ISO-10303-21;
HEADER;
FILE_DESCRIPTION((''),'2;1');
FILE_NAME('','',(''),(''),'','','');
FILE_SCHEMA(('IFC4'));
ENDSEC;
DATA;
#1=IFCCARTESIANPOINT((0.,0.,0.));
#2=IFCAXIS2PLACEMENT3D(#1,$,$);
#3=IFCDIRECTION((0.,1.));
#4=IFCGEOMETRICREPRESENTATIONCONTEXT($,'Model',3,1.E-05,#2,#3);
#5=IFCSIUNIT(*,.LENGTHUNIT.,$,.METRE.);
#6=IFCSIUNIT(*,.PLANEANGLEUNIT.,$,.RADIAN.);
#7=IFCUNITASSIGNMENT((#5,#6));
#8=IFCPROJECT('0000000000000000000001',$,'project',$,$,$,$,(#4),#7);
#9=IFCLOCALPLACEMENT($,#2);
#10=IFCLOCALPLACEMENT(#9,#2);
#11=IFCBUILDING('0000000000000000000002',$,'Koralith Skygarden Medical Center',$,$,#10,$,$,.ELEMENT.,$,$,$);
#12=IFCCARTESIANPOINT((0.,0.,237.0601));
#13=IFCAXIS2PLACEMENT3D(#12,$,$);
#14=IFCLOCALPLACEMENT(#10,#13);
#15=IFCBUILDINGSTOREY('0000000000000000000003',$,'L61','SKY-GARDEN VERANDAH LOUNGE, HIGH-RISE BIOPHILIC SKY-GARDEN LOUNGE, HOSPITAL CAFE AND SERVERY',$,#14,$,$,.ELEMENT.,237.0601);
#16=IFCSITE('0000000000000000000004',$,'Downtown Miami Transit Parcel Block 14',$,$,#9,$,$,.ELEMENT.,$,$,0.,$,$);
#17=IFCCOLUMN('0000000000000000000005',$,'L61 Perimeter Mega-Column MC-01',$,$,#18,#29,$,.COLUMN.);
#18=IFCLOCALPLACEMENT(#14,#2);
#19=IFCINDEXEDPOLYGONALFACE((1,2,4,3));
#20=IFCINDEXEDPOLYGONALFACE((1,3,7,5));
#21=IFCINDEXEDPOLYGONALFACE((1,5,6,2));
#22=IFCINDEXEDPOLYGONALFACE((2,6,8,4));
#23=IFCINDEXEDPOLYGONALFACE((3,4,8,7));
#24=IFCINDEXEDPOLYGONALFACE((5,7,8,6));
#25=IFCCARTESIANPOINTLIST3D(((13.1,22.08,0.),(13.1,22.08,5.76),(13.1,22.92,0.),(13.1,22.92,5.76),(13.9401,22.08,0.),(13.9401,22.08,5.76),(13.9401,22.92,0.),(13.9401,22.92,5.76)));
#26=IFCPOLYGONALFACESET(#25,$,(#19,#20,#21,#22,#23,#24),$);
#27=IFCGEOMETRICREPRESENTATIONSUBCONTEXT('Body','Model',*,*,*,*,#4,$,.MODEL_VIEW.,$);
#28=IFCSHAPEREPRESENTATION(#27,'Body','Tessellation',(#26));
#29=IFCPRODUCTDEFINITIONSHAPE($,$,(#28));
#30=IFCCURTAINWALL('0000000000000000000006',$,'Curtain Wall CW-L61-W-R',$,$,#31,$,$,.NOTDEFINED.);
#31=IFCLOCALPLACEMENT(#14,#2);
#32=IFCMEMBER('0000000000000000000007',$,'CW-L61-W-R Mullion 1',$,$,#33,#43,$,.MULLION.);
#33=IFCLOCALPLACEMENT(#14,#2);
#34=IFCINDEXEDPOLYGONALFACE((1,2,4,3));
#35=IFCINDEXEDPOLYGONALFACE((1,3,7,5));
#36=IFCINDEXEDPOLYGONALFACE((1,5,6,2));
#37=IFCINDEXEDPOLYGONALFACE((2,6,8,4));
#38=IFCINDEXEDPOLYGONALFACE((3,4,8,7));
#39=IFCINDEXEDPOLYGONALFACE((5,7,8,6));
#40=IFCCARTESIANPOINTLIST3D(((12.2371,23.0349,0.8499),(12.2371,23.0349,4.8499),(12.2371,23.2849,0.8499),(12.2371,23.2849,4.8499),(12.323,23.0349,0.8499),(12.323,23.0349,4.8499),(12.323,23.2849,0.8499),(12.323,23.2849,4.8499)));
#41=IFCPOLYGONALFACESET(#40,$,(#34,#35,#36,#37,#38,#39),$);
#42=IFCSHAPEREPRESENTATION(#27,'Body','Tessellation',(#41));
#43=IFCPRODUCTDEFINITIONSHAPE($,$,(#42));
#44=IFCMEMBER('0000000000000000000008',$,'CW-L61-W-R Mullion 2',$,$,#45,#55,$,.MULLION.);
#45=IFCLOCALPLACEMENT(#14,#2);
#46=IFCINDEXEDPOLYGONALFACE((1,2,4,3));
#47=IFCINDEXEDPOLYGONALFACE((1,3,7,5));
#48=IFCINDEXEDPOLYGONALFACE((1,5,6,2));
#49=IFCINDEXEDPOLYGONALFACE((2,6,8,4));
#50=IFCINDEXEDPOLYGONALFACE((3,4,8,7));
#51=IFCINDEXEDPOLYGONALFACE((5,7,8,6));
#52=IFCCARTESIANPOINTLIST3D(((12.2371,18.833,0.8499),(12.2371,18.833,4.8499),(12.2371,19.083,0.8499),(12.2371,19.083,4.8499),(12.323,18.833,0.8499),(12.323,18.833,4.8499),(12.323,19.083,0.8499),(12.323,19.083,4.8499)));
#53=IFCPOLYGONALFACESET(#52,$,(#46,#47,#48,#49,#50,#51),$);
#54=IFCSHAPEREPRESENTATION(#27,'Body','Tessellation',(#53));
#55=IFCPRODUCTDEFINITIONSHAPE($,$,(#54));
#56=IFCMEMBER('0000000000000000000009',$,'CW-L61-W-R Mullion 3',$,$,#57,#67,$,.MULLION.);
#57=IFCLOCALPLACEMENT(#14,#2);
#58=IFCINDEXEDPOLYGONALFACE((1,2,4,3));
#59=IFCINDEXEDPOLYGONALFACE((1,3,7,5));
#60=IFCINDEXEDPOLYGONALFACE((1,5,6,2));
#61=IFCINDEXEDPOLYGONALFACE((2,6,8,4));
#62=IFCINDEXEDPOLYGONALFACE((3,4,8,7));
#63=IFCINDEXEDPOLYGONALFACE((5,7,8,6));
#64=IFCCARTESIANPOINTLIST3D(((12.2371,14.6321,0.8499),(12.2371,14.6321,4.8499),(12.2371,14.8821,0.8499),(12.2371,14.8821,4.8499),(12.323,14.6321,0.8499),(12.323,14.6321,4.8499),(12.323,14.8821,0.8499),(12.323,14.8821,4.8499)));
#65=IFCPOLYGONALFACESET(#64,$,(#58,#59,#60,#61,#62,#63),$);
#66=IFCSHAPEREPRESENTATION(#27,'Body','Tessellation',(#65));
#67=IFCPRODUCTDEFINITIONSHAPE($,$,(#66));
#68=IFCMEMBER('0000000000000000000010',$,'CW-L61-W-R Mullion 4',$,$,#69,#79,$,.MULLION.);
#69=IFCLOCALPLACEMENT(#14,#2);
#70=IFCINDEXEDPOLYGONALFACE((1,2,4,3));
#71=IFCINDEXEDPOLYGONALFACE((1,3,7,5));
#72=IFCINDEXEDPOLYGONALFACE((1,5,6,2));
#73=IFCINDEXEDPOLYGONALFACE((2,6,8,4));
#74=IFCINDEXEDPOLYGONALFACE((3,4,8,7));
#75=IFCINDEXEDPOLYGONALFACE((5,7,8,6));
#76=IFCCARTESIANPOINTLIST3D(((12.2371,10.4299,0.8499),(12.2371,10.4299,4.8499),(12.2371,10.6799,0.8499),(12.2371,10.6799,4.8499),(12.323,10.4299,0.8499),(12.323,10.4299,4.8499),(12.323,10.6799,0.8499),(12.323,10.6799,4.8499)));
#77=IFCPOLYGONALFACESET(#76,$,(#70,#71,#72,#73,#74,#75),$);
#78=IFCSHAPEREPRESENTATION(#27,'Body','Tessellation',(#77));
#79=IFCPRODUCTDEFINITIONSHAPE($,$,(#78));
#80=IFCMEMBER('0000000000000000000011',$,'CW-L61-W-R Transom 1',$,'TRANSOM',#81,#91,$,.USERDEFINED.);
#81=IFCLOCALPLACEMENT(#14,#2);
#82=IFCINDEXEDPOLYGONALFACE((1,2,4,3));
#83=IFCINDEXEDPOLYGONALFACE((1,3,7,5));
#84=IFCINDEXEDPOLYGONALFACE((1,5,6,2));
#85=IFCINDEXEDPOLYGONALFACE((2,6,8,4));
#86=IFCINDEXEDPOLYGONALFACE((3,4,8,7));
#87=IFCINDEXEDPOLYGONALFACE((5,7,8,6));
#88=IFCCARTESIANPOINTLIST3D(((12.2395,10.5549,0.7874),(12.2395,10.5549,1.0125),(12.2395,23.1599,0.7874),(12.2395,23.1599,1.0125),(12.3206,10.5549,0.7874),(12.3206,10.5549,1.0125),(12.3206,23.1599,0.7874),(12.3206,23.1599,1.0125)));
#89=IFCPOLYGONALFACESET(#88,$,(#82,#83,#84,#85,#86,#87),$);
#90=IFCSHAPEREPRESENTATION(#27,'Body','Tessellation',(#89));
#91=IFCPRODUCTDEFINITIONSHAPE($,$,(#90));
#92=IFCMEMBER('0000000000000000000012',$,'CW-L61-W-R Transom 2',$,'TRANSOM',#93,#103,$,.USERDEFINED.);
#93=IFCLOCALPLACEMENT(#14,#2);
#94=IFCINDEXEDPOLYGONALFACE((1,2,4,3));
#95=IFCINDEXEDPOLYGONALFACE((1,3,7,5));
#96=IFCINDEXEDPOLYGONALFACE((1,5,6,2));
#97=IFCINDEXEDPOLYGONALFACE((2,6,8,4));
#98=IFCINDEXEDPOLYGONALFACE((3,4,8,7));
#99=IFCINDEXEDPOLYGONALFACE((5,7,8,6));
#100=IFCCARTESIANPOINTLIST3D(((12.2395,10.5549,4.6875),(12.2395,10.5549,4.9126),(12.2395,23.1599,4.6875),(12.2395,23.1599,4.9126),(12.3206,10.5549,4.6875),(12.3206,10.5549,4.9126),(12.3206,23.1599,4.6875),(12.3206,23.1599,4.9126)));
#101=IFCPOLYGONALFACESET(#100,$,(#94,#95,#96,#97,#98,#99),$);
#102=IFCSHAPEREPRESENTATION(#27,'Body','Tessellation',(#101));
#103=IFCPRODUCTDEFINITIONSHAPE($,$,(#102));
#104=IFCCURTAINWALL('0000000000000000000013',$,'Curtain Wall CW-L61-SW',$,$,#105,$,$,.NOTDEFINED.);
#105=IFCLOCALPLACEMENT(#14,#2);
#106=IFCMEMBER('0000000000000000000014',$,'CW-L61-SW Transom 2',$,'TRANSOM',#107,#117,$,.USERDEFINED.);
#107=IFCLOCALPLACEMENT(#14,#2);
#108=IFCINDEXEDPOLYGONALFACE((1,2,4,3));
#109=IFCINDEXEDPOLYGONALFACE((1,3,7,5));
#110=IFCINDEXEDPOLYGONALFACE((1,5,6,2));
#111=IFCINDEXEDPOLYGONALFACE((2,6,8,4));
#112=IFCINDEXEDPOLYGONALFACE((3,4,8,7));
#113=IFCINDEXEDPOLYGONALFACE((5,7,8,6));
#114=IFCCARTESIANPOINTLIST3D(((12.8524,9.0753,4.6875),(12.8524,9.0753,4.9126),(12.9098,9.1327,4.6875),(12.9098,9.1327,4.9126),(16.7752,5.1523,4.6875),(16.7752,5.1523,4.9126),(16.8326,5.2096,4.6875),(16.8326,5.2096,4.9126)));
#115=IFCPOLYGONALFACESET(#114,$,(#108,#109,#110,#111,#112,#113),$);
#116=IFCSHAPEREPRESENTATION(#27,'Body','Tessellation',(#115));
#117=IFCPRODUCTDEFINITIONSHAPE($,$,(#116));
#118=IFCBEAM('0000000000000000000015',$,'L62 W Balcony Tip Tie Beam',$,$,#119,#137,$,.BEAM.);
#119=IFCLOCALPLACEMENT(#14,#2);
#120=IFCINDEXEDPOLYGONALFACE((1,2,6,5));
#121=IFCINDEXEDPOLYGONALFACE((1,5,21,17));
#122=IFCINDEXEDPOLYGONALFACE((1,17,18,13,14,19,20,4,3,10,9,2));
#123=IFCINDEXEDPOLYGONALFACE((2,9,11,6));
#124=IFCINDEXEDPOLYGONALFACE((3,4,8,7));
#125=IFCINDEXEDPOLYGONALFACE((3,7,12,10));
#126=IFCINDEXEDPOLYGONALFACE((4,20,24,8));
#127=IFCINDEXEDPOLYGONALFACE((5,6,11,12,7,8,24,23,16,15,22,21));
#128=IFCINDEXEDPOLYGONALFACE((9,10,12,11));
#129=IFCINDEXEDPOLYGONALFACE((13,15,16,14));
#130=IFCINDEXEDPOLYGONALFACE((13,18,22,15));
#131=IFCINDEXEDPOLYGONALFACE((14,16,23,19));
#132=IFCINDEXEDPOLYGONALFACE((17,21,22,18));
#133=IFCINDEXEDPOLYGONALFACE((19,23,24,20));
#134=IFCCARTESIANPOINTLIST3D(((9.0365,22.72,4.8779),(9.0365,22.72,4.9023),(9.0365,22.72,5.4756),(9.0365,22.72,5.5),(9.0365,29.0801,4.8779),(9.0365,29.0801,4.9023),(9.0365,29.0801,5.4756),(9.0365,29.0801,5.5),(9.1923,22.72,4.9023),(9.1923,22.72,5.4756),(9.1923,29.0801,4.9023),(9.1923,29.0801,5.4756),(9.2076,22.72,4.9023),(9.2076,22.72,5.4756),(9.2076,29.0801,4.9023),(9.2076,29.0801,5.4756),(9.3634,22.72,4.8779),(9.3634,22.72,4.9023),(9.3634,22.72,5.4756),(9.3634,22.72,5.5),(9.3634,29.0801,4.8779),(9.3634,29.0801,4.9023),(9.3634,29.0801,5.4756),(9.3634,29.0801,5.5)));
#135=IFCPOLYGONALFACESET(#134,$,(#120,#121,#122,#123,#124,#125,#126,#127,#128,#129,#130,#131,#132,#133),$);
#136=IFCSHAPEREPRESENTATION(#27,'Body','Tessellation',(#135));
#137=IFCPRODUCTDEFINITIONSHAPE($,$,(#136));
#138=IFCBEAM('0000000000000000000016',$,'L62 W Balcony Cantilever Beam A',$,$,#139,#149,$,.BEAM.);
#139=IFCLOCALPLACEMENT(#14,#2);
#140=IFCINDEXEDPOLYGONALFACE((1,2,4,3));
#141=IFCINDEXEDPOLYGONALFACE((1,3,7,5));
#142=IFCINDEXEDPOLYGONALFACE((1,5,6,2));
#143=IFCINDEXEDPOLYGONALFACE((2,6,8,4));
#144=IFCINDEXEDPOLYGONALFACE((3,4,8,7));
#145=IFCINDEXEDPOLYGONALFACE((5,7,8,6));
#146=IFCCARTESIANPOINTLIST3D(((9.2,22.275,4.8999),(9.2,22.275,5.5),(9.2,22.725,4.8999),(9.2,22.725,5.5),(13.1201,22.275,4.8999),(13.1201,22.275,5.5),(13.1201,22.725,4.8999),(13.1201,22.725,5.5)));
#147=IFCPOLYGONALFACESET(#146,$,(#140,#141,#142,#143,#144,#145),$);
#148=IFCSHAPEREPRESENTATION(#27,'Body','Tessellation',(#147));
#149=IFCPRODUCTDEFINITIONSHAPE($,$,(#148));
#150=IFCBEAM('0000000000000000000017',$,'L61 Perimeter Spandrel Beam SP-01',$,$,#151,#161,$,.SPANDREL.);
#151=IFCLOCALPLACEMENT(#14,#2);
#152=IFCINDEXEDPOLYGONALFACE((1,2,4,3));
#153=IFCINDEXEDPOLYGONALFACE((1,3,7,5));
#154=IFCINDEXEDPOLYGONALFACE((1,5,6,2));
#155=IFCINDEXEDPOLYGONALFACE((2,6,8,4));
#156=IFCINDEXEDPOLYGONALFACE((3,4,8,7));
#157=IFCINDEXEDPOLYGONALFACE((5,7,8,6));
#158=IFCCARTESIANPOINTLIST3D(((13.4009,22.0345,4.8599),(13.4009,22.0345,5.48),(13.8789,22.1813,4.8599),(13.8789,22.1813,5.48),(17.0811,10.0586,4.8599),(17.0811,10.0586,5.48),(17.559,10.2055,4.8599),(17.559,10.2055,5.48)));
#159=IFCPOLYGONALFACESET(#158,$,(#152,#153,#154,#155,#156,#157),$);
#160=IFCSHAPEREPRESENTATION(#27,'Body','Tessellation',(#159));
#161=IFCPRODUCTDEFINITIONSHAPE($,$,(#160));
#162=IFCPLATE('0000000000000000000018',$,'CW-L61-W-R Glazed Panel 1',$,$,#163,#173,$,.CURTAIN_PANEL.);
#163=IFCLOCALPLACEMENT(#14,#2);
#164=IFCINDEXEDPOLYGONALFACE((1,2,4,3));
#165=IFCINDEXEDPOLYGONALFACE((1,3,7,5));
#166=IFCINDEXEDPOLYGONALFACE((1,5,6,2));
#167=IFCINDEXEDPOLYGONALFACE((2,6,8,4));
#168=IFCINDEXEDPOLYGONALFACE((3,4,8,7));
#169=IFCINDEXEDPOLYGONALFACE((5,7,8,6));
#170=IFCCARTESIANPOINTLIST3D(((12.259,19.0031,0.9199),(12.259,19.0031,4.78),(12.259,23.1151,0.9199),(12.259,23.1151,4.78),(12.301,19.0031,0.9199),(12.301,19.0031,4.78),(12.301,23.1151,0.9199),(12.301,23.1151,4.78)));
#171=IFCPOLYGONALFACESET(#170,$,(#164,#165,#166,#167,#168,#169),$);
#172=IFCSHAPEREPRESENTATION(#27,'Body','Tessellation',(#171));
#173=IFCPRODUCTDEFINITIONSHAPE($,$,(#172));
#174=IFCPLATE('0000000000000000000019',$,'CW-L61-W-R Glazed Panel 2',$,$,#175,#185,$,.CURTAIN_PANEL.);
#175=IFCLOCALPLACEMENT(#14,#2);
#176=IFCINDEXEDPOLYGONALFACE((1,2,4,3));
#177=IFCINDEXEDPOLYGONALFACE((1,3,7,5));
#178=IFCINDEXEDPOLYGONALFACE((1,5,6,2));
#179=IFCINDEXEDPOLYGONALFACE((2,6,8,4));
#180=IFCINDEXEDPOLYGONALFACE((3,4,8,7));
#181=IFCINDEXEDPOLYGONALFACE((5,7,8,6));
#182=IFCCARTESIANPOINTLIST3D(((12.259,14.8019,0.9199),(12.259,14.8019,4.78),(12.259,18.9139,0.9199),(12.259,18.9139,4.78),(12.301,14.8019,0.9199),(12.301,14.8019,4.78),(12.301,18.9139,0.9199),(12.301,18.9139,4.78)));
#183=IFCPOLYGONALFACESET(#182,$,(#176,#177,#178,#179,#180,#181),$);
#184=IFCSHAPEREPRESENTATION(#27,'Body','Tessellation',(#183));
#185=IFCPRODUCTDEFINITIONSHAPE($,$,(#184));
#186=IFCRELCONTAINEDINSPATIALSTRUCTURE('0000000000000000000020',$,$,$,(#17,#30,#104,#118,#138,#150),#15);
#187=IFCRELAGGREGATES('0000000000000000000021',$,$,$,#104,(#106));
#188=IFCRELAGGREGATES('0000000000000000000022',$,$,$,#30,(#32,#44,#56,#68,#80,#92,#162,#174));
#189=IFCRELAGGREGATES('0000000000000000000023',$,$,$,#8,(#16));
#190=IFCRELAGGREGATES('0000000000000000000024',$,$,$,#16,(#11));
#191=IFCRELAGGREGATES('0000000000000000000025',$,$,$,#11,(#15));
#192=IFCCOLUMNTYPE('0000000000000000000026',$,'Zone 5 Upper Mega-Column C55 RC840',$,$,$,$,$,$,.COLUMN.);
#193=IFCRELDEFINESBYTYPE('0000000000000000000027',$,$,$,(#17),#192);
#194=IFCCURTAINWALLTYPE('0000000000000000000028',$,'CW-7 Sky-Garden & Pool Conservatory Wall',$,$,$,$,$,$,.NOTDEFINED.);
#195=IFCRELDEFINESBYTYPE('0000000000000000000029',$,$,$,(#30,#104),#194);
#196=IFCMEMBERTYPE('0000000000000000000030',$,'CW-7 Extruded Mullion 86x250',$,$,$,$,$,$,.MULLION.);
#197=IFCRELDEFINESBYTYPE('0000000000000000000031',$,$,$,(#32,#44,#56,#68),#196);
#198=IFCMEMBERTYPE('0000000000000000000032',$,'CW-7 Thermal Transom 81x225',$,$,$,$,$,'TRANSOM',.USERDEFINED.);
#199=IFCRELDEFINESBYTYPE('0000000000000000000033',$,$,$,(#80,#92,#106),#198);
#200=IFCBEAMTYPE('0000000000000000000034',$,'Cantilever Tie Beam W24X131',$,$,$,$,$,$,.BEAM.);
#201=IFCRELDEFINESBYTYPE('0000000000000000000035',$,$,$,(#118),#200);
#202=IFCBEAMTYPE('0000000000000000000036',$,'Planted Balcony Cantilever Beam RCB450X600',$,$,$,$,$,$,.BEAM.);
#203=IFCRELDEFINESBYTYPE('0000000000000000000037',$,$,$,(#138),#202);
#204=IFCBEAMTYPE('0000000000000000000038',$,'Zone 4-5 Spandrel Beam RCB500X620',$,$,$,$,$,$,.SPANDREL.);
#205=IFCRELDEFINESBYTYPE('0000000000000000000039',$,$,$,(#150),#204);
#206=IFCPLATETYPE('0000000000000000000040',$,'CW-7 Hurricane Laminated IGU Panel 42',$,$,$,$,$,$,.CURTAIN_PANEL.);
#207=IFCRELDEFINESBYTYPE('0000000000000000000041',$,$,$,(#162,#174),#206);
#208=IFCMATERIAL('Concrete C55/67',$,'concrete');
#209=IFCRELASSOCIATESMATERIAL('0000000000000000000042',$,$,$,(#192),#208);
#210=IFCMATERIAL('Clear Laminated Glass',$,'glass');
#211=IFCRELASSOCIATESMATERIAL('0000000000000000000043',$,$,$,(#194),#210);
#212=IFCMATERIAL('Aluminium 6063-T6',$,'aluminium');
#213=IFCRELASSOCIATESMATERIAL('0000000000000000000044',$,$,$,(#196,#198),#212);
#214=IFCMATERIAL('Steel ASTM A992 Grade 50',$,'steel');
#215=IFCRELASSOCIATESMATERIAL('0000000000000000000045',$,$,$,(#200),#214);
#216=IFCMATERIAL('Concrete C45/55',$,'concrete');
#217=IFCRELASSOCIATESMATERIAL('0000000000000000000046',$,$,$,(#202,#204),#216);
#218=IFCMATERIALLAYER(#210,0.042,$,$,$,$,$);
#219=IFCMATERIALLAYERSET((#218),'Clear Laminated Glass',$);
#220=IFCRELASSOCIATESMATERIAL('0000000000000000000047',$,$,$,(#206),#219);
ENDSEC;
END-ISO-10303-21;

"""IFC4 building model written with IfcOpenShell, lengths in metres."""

from ifc_helpers import new_model, si_unit, direction, frame, origin, origin_2d, place, context, subcontext, project, spatial, rectangle, i_section, extrude, material, layer, layer_set, material_profile, profile_set, type_object, element, aggregate, save


model = new_model("IFC4")

# Units and contexts
model_context = context("Model", 3, precision=1e-05, world=origin(), true_north=direction((0.0, 1.0)))
body_context = subcontext(model_context, "Body", "Model", "MODEL_VIEW")
ifc_project = project(units=[si_unit("LENGTHUNIT", "METRE"), si_unit("PLANEANGLEUNIT", "RADIAN")], contexts=[model_context])

# Site, building, storey
site_placement = place(None, origin())
site = spatial("IfcSite", under=ifc_project, at=site_placement, Name="Downtown Miami Transit Parcel Block 14", CompositionType="ELEMENT", RefElevation=0.0)
building_placement = place(site_placement, origin())
building = spatial("IfcBuilding", under=site, at=building_placement, Name="Koralith Skygarden Medical Center", CompositionType="ELEMENT")
storey_placement = place(building_placement, frame((0.0, 0.0, 237.0601)))
storey = spatial("IfcBuildingStorey", under=building, at=storey_placement, Name="L61", Description="SKY-GARDEN VERANDAH LOUNGE, HIGH-RISE BIOPHILIC SKY-GARDEN LOUNGE, HOSPITAL CAFE AND SERVERY", CompositionType="ELEMENT", Elevation=237.0601)

# Column
ifc_material_1 = material(Name="Concrete C55/67", Category="concrete")
ifc_material_profile_1 = material_profile(ifc_material_1, rectangle(XDim=0.8401, YDim=0.8401, at=origin_2d()), Name="RC840X840")
ifc_profile_set_1 = profile_set([ifc_material_profile_1], Name="Concrete C55/67")
column_type = type_object("IfcColumnType", Name="Zone 5 Upper Mega-Column C55 RC840", PredefinedType="COLUMN", material=ifc_profile_set_1)
column_placement = place(storey_placement, frame((13.52, 22.5, 0.0), z_axis=(0.0, 0.0, 1.0), x_axis=(1.0, 0.0, 0.0)))
element("IfcColumn", 1, at=column_placement, inside=storey, type_object=column_type, Name="L61 Perimeter Mega-Column MC-01", PredefinedType="COLUMN", context=body_context, shape_type="SweptSolid", body=[
    extrude(rectangle(XDim=0.8401, YDim=0.8401, at=origin_2d()), origin(), (0.0, 0.0, 1.0), 5.76),
])

# Curtain wall, members
ifc_material_2 = material(Name="Clear Laminated Glass", Category="glass")
curtain_wall_type = type_object("IfcCurtainWallType", Name="CW-7 Sky-Garden & Pool Conservatory Wall", PredefinedType="NOTDEFINED", material=ifc_material_2)
curtain_wall_1_placement = place(storey_placement, origin())
curtain_wall_1 = element("IfcCurtainWall", 2, at=curtain_wall_1_placement, inside=storey, type_object=curtain_wall_type, Name="Curtain Wall CW-L61-W-R", PredefinedType="NOTDEFINED")
ifc_material_3 = material(Name="Aluminium 6063-T6", Category="aluminium")
ifc_material_profile_2 = material_profile(ifc_material_3, rectangle(XDim=0.0859, YDim=0.25, at=origin_2d()), Name="MUL86X250")
ifc_profile_set_2 = profile_set([ifc_material_profile_2], Name="Aluminium 6063-T6")
member_type_1 = type_object("IfcMemberType", Name="CW-7 Extruded Mullion 86x250", PredefinedType="MULLION", material=ifc_profile_set_2)
member_1_placement = place(storey_placement, frame((12.28, 23.1599, 0.8499), z_axis=(0.0, 0.0, 1.0), x_axis=(1.0, 0.0, 0.0)))
member_1 = element("IfcMember", 3, at=member_1_placement, type_object=member_type_1, Name="CW-L61-W-R Mullion 1", PredefinedType="MULLION", context=body_context, shape_type="SweptSolid", body=[
    extrude(rectangle(XDim=0.0859, YDim=0.25, at=origin_2d()), origin(), (0.0, 0.0, 1.0), 4.0),
])
member_2_placement = place(storey_placement, frame((12.28, 18.958, 0.8499), z_axis=(0.0, 0.0, 1.0), x_axis=(1.0, 0.0, 0.0)))
member_2 = element("IfcMember", 4, at=member_2_placement, type_object=member_type_1, Name="CW-L61-W-R Mullion 2", PredefinedType="MULLION", context=body_context, shape_type="SweptSolid", body=[
    extrude(rectangle(XDim=0.0859, YDim=0.25, at=origin_2d()), origin(), (0.0, 0.0, 1.0), 4.0),
])
member_3_placement = place(storey_placement, frame((12.28, 14.7571, 0.8499), z_axis=(0.0, 0.0, 1.0), x_axis=(1.0, 0.0, 0.0)))
member_3 = element("IfcMember", 5, at=member_3_placement, type_object=member_type_1, Name="CW-L61-W-R Mullion 3", PredefinedType="MULLION", context=body_context, shape_type="SweptSolid", body=[
    extrude(rectangle(XDim=0.0859, YDim=0.25, at=origin_2d()), origin(), (0.0, 0.0, 1.0), 4.0),
])
member_4_placement = place(storey_placement, frame((12.28, 10.5549, 0.8499), z_axis=(0.0, 0.0, 1.0), x_axis=(1.0, 0.0, 0.0)))
member_4 = element("IfcMember", 6, at=member_4_placement, type_object=member_type_1, Name="CW-L61-W-R Mullion 4", PredefinedType="MULLION", context=body_context, shape_type="SweptSolid", body=[
    extrude(rectangle(XDim=0.0859, YDim=0.25, at=origin_2d()), origin(), (0.0, 0.0, 1.0), 4.0),
])
ifc_material_profile_3 = material_profile(ifc_material_3, rectangle(XDim=0.0811, YDim=0.2251, at=origin_2d()), Name="TRN81X225")
ifc_profile_set_3 = profile_set([ifc_material_profile_3], Name="Aluminium 6063-T6")
member_type_2 = type_object("IfcMemberType", Name="CW-7 Thermal Transom 81x225", ElementType="TRANSOM", PredefinedType="USERDEFINED", material=ifc_profile_set_3)
member_5_placement = place(storey_placement, frame((12.28, 23.1599, 0.8999), z_axis=(0.0, -1.0, 0.0), x_axis=(1.0, 0.0, 0.0)))
member_5 = element("IfcMember", 7, at=member_5_placement, type_object=member_type_2, Name="CW-L61-W-R Transom 1", ObjectType="TRANSOM", PredefinedType="USERDEFINED", context=body_context, shape_type="SweptSolid", body=[
    extrude(rectangle(XDim=0.0811, YDim=0.2251, at=origin_2d()), origin(), (0.0, 0.0, 1.0), 12.605),
])
member_6_placement = place(storey_placement, frame((12.28, 23.1599, 4.8), z_axis=(0.0, -1.0, 0.0), x_axis=(1.0, 0.0, 0.0)))
member_6 = element("IfcMember", 8, at=member_6_placement, type_object=member_type_2, Name="CW-L61-W-R Transom 2", ObjectType="TRANSOM", PredefinedType="USERDEFINED", context=body_context, shape_type="SweptSolid", body=[
    extrude(rectangle(XDim=0.0811, YDim=0.2251, at=origin_2d()), origin(), (0.0, 0.0, 1.0), 12.605),
])

# Curtain wall, member
curtain_wall_2_placement = place(storey_placement, origin())
curtain_wall_2 = element("IfcCurtainWall", 9, at=curtain_wall_2_placement, inside=storey, type_object=curtain_wall_type, Name="Curtain Wall CW-L61-SW", PredefinedType="NOTDEFINED")
member_7_placement = place(storey_placement, frame((12.8811, 9.104, 4.8), z_axis=(0.707085, -0.707129, 0.0), x_axis=(0.707129, 0.707085, 0.0)))
member_7 = element("IfcMember", 10, at=member_7_placement, type_object=member_type_2, Name="CW-L61-SW Transom 2", ObjectType="TRANSOM", PredefinedType="USERDEFINED", context=body_context, shape_type="SweptSolid", body=[
    extrude(rectangle(XDim=0.0811, YDim=0.2251, at=origin_2d()), origin(), (0.0, 0.0, 1.0), 5.5479),
])
aggregate(curtain_wall_2, [member_7])

# Beams
ifc_material_4 = material(Name="Steel ASTM A992 Grade 50", Category="steel")
ifc_material_profile_4 = material_profile(ifc_material_4, i_section(OverallWidth=0.3269, OverallDepth=0.6221, WebThickness=0.0154, FlangeThickness=0.0244, at=origin_2d()), Name="W24X131")
ifc_profile_set_4 = profile_set([ifc_material_profile_4], Name="Steel ASTM A992 Grade 50")
beam_type_1 = type_object("IfcBeamType", Name="Cantilever Tie Beam W24X131", PredefinedType="BEAM", material=ifc_profile_set_4)
beam_1_placement = place(storey_placement, frame((9.2, 22.72, 5.189), z_axis=(0.0, 1.0, 0.0), x_axis=(-1.0, 0.0, 0.0)))
element("IfcBeam", 11, at=beam_1_placement, inside=storey, type_object=beam_type_1, Name="L62 W Balcony Tip Tie Beam", PredefinedType="BEAM", context=body_context, shape_type="SweptSolid", body=[
    extrude(i_section(OverallWidth=0.3269, OverallDepth=0.6221, WebThickness=0.0154, FlangeThickness=0.0244, at=origin_2d()), origin(), (0.0, 0.0, 1.0), 6.3601),
])
ifc_material_5 = material(Name="Concrete C45/55", Category="concrete")
ifc_material_profile_5 = material_profile(ifc_material_5, rectangle(XDim=0.45, YDim=0.6001, at=origin_2d()), Name="RCB450X600")
ifc_profile_set_5 = profile_set([ifc_material_profile_5], Name="Concrete C45/55")
beam_type_2 = type_object("IfcBeamType", Name="Planted Balcony Cantilever Beam RCB450X600", PredefinedType="BEAM", material=ifc_profile_set_5)
beam_2_placement = place(storey_placement, frame((13.1201, 22.5, 5.2), z_axis=(-1.0, 0.0, 0.0), x_axis=(0.0, -1.0, 0.0)))
element("IfcBeam", 12, at=beam_2_placement, inside=storey, type_object=beam_type_2, Name="L62 W Balcony Cantilever Beam A", PredefinedType="BEAM", context=body_context, shape_type="SweptSolid", body=[
    extrude(rectangle(XDim=0.45, YDim=0.6001, at=origin_2d()), origin(), (0.0, 0.0, 1.0), 3.9202),
])
ifc_material_profile_6 = material_profile(ifc_material_5, rectangle(XDim=0.5, YDim=0.6201, at=origin_2d()), Name="RCB500X620")
ifc_profile_set_6 = profile_set([ifc_material_profile_6], Name="Concrete C45/55")
beam_type_3 = type_object("IfcBeamType", Name="Zone 4-5 Spandrel Beam RCB500X620", PredefinedType="SPANDREL", material=ifc_profile_set_6)
beam_3_placement = place(storey_placement, frame((13.6399, 22.1079, 5.1699), z_axis=(0.293743, -0.955884, 0.0), x_axis=(0.955884, 0.293743, 0.0)))
element("IfcBeam", 13, at=beam_3_placement, inside=storey, type_object=beam_type_3, Name="L61 Perimeter Spandrel Beam SP-01", PredefinedType="SPANDREL", context=body_context, shape_type="SweptSolid", body=[
    extrude(rectangle(XDim=0.5, YDim=0.6201, at=origin_2d()), origin(), (0.0, 0.0, 1.0), 12.5286),
])

# Plates
ifc_layer_1 = layer(ifc_material_2, 0.042)
ifc_layer_set_1 = layer_set([ifc_layer_1], Name="Clear Laminated Glass")
plate_type_1 = type_object("IfcPlateType", Name="CW-7 Hurricane Laminated IGU Panel 42", PredefinedType="CURTAIN_PANEL", material=ifc_layer_set_1)
plate_1_placement = place(storey_placement, frame((12.28, 21.0591, 0.9199), z_axis=(0.0, 0.0, 1.0), x_axis=(0.0, -1.0, 0.0)))
plate_1 = element("IfcPlate", 14, at=plate_1_placement, type_object=plate_type_1, Name="CW-L61-W-R Glazed Panel 1", PredefinedType="CURTAIN_PANEL", context=body_context, shape_type="SweptSolid", body=[
    extrude(rectangle(XDim=4.1121, YDim=0.042, at=origin_2d()), origin(), (0.0, 0.0, 1.0), 3.8601),
])
plate_2_placement = place(storey_placement, frame((12.28, 16.8579, 0.9199), z_axis=(0.0, 0.0, 1.0), x_axis=(0.0, -1.0, 0.0)))
plate_2 = element("IfcPlate", 15, at=plate_2_placement, type_object=plate_type_1, Name="CW-L61-W-R Glazed Panel 2", PredefinedType="CURTAIN_PANEL", context=body_context, shape_type="SweptSolid", body=[
    extrude(rectangle(XDim=4.1121, YDim=0.042, at=origin_2d()), origin(), (0.0, 0.0, 1.0), 3.8601),
])
aggregate(curtain_wall_1, [member_1, member_2, member_3, member_4, member_5, member_6, plate_1, plate_2])

save(model, "model.ifc")
